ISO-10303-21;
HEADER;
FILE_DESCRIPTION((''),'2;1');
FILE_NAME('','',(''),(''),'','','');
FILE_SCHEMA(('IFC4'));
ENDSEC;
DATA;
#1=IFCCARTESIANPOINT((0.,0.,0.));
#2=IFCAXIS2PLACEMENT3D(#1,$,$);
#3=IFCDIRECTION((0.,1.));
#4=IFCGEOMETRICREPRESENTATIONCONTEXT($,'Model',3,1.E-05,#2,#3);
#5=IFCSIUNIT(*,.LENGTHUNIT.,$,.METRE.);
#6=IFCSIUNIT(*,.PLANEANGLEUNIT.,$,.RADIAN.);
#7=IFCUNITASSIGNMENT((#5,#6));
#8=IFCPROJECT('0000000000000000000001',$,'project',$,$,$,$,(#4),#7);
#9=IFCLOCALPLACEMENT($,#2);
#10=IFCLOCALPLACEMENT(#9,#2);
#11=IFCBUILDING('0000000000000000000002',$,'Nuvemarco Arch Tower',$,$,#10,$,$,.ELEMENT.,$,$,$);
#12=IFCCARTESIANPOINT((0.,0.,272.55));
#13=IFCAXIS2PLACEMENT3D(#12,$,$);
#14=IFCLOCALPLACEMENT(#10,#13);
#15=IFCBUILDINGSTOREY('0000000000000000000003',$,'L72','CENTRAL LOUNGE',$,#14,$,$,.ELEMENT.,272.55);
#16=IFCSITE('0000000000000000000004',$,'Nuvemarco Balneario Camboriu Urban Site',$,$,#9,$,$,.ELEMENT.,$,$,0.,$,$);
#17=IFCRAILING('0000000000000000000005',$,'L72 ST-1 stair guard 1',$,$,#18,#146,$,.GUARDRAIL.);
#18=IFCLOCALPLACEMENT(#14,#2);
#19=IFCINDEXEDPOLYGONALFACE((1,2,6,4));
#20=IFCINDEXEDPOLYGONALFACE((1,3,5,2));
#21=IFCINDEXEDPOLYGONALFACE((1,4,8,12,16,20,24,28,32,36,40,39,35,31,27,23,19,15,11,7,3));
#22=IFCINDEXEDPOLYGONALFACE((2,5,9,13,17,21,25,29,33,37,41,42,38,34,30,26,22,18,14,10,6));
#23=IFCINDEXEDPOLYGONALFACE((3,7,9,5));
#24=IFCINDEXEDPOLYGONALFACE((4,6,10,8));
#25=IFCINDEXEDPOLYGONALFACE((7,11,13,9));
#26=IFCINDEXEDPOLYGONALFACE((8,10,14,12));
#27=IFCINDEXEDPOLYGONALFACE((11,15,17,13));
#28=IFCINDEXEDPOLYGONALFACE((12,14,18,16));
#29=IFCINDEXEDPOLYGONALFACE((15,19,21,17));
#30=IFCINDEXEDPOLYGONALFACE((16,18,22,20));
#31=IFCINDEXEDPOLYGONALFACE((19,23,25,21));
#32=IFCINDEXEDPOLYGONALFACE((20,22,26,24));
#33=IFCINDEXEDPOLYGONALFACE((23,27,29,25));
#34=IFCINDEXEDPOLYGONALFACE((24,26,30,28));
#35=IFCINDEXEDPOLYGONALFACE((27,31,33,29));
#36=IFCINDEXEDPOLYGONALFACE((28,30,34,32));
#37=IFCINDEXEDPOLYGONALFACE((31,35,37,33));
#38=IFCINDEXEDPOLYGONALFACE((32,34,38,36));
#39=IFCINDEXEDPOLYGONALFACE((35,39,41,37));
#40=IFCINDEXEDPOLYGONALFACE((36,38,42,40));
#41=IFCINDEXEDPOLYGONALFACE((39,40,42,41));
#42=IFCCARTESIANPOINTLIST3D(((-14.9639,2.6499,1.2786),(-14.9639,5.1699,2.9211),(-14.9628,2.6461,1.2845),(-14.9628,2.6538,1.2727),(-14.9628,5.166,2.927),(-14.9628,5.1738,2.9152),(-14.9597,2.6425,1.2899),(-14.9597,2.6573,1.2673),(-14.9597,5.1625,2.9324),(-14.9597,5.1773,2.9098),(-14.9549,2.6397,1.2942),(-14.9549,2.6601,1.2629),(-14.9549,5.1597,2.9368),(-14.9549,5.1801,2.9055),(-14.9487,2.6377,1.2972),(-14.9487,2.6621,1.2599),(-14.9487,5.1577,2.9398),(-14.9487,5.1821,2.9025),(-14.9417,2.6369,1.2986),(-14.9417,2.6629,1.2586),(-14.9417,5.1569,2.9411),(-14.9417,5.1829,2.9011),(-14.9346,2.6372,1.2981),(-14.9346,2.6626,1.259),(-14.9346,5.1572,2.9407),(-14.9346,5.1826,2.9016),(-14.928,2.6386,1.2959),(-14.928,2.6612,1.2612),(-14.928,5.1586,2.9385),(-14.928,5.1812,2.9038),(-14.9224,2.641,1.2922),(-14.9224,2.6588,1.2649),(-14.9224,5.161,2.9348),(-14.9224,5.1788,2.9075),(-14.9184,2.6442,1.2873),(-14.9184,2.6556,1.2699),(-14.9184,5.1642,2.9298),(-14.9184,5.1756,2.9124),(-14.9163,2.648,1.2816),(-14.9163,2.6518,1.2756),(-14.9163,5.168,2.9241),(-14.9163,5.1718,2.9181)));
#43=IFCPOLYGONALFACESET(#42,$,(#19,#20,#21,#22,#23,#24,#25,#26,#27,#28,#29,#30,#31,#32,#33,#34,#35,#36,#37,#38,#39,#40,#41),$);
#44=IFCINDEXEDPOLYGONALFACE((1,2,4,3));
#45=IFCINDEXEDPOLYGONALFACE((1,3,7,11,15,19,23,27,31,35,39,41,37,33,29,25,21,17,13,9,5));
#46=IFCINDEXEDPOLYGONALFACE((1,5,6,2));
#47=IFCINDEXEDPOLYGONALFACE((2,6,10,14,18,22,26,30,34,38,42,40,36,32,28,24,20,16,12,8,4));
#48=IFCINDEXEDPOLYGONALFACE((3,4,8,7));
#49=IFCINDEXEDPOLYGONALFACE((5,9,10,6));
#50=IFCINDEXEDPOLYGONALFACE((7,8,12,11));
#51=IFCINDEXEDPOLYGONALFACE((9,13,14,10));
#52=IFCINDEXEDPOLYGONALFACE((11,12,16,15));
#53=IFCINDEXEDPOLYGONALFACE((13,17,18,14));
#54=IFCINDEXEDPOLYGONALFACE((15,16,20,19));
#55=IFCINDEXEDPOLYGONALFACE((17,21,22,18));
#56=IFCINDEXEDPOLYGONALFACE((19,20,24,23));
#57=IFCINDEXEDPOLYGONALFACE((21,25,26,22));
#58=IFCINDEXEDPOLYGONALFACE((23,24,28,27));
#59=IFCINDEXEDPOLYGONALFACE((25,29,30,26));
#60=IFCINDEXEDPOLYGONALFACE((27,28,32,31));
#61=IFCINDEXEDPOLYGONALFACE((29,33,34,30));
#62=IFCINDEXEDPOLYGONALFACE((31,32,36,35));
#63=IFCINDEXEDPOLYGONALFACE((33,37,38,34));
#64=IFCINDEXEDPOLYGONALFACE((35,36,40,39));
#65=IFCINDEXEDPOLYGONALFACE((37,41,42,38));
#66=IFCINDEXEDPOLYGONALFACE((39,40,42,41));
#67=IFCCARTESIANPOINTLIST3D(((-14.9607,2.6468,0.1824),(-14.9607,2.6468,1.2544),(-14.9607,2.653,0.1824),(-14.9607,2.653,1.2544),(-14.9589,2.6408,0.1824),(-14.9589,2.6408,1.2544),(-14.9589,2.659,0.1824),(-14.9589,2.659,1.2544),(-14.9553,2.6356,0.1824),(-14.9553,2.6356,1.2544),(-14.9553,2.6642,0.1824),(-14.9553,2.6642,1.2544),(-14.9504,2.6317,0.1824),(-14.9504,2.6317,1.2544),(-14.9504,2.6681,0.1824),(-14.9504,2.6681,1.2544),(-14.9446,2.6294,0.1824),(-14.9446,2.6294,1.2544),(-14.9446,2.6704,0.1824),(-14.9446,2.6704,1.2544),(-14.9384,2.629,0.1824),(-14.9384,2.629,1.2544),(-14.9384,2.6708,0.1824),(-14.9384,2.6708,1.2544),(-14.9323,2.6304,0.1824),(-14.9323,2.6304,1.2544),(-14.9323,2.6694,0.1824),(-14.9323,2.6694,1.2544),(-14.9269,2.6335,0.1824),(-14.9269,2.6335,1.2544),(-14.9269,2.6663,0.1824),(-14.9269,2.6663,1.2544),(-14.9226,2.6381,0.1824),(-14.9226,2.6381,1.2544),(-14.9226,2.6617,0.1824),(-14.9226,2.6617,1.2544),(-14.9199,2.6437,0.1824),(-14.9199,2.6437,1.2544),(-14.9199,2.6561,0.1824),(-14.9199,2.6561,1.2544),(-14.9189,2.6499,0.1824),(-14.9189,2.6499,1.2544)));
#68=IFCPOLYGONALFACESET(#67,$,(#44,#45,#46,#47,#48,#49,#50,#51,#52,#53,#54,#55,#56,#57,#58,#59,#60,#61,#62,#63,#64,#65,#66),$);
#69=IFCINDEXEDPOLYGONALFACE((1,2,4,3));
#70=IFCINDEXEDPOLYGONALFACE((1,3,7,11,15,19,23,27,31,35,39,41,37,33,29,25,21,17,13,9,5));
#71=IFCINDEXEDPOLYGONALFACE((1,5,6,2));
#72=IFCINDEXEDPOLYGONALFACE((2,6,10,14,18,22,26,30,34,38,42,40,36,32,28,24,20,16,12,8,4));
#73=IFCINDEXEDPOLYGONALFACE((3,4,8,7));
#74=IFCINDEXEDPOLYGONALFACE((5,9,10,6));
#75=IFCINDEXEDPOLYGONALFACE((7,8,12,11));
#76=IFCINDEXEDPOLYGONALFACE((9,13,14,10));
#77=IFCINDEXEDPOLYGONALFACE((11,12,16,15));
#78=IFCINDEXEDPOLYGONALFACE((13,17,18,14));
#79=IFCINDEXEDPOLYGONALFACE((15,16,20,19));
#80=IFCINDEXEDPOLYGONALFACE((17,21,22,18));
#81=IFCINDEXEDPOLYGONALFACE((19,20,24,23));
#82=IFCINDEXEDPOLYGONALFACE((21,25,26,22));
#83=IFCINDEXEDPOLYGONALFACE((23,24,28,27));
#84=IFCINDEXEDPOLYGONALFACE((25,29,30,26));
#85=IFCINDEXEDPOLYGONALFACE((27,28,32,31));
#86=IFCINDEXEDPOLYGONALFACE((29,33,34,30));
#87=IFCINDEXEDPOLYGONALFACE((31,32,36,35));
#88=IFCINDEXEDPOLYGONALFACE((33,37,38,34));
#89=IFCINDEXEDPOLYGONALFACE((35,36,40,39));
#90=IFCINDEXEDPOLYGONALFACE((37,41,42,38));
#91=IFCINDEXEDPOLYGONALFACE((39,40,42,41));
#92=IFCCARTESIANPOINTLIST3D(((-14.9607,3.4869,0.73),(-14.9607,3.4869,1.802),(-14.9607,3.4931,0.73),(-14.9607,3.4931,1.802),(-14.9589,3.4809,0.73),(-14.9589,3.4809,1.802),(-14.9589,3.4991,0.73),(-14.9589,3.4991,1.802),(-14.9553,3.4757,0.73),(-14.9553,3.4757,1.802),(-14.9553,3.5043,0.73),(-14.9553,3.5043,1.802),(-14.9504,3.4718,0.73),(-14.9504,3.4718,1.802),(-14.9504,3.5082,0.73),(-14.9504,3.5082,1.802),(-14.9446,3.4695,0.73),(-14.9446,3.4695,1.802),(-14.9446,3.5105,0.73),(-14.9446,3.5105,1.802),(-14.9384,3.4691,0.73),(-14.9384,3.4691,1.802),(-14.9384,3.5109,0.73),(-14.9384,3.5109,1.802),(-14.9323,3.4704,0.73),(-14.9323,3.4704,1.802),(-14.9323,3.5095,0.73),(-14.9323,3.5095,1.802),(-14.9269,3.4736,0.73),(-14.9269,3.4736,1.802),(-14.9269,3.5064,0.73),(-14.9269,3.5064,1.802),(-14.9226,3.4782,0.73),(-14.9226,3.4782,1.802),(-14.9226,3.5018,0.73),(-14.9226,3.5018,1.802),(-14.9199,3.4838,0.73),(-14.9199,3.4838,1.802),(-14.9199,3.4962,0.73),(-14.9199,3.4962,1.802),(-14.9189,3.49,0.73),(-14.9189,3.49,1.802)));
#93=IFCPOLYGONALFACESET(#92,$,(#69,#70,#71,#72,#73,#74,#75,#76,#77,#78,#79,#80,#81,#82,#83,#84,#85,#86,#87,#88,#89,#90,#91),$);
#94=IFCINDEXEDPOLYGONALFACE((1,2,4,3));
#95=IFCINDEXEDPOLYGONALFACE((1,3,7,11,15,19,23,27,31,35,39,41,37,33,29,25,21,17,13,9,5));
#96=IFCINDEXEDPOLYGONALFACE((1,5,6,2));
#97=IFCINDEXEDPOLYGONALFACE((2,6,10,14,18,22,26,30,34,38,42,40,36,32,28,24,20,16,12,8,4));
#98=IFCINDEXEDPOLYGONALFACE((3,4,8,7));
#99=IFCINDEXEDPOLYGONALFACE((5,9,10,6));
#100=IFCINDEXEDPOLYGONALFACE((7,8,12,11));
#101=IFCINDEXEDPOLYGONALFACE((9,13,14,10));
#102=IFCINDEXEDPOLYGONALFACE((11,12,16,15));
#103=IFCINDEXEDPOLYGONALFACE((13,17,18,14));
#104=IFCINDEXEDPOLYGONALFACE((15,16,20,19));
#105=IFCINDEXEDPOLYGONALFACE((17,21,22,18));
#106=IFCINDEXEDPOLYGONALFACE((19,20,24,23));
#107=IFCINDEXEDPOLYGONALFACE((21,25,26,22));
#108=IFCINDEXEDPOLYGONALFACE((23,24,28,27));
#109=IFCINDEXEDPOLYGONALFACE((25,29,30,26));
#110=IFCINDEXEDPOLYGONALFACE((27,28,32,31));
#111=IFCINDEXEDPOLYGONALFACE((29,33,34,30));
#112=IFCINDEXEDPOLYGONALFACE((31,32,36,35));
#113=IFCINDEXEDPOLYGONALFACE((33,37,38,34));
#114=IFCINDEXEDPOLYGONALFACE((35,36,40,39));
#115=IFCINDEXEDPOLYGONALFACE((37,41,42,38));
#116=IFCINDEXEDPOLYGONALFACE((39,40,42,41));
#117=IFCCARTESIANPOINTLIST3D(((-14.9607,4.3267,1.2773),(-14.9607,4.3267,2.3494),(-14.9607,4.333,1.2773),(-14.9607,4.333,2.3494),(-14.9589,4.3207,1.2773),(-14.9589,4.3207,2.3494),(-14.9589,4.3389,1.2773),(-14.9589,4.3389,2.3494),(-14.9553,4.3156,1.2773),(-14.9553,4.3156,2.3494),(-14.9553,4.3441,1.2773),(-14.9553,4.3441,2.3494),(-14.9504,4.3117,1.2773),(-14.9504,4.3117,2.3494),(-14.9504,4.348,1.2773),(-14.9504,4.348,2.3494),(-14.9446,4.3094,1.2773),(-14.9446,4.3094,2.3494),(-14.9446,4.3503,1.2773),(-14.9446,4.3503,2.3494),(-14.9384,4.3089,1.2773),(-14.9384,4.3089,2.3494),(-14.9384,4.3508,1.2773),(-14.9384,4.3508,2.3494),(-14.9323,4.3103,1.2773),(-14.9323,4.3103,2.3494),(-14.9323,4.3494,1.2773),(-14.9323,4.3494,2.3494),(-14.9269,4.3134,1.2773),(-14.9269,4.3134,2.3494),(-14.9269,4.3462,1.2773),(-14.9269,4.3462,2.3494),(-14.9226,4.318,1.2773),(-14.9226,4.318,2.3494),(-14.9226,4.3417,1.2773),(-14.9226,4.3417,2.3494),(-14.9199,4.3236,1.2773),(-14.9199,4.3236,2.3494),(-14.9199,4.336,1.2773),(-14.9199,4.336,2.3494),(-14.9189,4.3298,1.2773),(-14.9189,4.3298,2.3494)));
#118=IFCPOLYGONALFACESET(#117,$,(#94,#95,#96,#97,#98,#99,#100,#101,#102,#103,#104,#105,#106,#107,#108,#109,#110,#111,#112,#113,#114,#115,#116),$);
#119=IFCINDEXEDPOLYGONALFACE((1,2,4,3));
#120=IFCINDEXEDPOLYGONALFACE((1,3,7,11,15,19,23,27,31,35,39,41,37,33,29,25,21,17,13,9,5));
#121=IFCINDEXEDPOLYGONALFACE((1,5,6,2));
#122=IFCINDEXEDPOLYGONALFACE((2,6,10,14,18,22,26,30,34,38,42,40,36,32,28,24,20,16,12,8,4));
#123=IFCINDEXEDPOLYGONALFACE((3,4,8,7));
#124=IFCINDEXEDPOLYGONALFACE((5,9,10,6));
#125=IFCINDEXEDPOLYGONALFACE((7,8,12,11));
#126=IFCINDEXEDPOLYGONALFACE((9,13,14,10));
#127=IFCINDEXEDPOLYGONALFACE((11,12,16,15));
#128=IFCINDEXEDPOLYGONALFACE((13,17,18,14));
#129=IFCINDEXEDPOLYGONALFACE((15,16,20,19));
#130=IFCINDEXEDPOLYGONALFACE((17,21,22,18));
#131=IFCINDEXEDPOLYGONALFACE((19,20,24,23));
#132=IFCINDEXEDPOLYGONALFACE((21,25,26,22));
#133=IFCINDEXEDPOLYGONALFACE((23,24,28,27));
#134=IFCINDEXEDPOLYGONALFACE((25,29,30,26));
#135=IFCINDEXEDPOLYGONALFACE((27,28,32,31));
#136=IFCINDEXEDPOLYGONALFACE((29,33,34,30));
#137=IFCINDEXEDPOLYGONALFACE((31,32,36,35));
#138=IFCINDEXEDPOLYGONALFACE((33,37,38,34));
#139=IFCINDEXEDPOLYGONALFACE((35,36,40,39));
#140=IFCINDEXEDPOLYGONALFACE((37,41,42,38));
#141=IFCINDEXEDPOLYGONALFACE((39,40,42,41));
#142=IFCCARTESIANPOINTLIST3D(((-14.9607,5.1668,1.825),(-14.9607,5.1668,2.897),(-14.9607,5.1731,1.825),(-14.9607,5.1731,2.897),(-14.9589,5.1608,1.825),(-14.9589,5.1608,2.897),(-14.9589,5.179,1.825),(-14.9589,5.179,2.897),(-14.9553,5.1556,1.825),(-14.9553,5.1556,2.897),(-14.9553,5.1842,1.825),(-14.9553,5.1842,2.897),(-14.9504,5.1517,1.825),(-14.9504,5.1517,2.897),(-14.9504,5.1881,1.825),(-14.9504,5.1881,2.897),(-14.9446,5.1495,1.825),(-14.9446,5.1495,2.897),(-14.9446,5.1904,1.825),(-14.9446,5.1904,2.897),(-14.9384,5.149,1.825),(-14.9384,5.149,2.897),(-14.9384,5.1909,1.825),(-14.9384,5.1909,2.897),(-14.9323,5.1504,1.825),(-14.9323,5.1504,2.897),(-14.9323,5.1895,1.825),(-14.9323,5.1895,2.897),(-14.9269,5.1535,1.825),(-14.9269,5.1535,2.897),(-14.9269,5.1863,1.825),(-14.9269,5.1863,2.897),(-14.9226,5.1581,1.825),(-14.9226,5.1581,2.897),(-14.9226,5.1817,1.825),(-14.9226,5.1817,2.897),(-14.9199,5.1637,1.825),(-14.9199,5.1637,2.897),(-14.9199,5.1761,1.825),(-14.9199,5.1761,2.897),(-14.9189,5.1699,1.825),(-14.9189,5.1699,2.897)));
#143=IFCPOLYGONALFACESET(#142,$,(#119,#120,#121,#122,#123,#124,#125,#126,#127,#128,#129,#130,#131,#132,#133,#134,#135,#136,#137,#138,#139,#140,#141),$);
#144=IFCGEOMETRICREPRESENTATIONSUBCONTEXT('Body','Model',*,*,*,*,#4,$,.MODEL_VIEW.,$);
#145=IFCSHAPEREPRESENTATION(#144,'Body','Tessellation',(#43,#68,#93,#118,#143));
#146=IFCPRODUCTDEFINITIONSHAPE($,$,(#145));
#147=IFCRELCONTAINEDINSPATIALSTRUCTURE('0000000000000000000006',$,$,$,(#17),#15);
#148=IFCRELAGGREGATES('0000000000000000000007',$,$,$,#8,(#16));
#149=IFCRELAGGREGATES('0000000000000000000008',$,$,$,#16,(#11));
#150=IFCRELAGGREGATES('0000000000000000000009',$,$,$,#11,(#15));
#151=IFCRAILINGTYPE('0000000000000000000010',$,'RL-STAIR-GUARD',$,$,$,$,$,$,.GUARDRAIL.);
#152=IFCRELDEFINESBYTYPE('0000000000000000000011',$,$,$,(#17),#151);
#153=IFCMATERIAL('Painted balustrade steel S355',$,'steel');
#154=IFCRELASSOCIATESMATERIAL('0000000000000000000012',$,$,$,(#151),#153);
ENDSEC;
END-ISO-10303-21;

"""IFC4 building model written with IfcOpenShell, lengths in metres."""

from ifc_helpers import new_model, si_unit, direction, frame, origin, origin_2d, place, context, subcontext, project, spatial, circle, extrude, material, type_object, element, save


model = new_model("IFC4")

# Units and contexts
model_context = context("Model", 3, precision=1e-05, world=origin(), true_north=direction((0.0, 1.0)))
body_context = subcontext(model_context, "Body", "Model", "MODEL_VIEW")
ifc_project = project(units=[si_unit("LENGTHUNIT", "METRE"), si_unit("PLANEANGLEUNIT", "RADIAN")], contexts=[model_context])

# Site, building, storey
site_placement = place(None, origin())
site = spatial("IfcSite", under=ifc_project, at=site_placement, Name="Nuvemarco Balneario Camboriu Urban Site", CompositionType="ELEMENT", RefElevation=0.0)
building_placement = place(site_placement, origin())
building = spatial("IfcBuilding", under=site, at=building_placement, Name="Nuvemarco Arch Tower", CompositionType="ELEMENT")
storey_placement = place(building_placement, frame((0.0, 0.0, 272.55)))
storey = spatial("IfcBuildingStorey", under=building, at=storey_placement, Name="L72", Description="CENTRAL LOUNGE", CompositionType="ELEMENT", Elevation=272.55)

# Railing
ifc_material_1 = material(Name="Painted balustrade steel S355", Category="steel")
railing_type_1 = type_object("IfcRailingType", Name="RL-STAIR-GUARD", PredefinedType="GUARDRAIL", material=ifc_material_1)
railing_1_placement = place(storey_placement, frame((-14.9399, 2.6499, 0.1824)))
element("IfcRailing", 1, at=railing_1_placement, inside=storey, type_object=railing_type_1, Name="L72 ST-1 stair guard 1", PredefinedType="GUARDRAIL", context=body_context, shape_type="SweptSolid", body=[
    extrude(circle(Radius=0.0239, at=origin_2d()), frame((0.0, 0.0, 1.0962), z_axis=(0.0, 0.837749, 0.546055), x_axis=(-1.0, 0.0, 0.0)), (0.0, 0.0, 1.0), 3.0081),
    extrude(circle(Radius=0.021, at=origin_2d()), origin(), (0.0, 0.0, 1.0), 1.072),
    extrude(circle(Radius=0.021, at=origin_2d()), frame((0.0, 0.8401, 0.5476)), (0.0, 0.0, 1.0), 1.072),
    extrude(circle(Radius=0.021, at=origin_2d()), frame((0.0, 1.6799, 1.095)), (0.0, 0.0, 1.0), 1.072),
    extrude(circle(Radius=0.021, at=origin_2d()), frame((0.0, 2.52, 1.6426)), (0.0, 0.0, 1.0), 1.072),
])

save(model, "model.ifc")
